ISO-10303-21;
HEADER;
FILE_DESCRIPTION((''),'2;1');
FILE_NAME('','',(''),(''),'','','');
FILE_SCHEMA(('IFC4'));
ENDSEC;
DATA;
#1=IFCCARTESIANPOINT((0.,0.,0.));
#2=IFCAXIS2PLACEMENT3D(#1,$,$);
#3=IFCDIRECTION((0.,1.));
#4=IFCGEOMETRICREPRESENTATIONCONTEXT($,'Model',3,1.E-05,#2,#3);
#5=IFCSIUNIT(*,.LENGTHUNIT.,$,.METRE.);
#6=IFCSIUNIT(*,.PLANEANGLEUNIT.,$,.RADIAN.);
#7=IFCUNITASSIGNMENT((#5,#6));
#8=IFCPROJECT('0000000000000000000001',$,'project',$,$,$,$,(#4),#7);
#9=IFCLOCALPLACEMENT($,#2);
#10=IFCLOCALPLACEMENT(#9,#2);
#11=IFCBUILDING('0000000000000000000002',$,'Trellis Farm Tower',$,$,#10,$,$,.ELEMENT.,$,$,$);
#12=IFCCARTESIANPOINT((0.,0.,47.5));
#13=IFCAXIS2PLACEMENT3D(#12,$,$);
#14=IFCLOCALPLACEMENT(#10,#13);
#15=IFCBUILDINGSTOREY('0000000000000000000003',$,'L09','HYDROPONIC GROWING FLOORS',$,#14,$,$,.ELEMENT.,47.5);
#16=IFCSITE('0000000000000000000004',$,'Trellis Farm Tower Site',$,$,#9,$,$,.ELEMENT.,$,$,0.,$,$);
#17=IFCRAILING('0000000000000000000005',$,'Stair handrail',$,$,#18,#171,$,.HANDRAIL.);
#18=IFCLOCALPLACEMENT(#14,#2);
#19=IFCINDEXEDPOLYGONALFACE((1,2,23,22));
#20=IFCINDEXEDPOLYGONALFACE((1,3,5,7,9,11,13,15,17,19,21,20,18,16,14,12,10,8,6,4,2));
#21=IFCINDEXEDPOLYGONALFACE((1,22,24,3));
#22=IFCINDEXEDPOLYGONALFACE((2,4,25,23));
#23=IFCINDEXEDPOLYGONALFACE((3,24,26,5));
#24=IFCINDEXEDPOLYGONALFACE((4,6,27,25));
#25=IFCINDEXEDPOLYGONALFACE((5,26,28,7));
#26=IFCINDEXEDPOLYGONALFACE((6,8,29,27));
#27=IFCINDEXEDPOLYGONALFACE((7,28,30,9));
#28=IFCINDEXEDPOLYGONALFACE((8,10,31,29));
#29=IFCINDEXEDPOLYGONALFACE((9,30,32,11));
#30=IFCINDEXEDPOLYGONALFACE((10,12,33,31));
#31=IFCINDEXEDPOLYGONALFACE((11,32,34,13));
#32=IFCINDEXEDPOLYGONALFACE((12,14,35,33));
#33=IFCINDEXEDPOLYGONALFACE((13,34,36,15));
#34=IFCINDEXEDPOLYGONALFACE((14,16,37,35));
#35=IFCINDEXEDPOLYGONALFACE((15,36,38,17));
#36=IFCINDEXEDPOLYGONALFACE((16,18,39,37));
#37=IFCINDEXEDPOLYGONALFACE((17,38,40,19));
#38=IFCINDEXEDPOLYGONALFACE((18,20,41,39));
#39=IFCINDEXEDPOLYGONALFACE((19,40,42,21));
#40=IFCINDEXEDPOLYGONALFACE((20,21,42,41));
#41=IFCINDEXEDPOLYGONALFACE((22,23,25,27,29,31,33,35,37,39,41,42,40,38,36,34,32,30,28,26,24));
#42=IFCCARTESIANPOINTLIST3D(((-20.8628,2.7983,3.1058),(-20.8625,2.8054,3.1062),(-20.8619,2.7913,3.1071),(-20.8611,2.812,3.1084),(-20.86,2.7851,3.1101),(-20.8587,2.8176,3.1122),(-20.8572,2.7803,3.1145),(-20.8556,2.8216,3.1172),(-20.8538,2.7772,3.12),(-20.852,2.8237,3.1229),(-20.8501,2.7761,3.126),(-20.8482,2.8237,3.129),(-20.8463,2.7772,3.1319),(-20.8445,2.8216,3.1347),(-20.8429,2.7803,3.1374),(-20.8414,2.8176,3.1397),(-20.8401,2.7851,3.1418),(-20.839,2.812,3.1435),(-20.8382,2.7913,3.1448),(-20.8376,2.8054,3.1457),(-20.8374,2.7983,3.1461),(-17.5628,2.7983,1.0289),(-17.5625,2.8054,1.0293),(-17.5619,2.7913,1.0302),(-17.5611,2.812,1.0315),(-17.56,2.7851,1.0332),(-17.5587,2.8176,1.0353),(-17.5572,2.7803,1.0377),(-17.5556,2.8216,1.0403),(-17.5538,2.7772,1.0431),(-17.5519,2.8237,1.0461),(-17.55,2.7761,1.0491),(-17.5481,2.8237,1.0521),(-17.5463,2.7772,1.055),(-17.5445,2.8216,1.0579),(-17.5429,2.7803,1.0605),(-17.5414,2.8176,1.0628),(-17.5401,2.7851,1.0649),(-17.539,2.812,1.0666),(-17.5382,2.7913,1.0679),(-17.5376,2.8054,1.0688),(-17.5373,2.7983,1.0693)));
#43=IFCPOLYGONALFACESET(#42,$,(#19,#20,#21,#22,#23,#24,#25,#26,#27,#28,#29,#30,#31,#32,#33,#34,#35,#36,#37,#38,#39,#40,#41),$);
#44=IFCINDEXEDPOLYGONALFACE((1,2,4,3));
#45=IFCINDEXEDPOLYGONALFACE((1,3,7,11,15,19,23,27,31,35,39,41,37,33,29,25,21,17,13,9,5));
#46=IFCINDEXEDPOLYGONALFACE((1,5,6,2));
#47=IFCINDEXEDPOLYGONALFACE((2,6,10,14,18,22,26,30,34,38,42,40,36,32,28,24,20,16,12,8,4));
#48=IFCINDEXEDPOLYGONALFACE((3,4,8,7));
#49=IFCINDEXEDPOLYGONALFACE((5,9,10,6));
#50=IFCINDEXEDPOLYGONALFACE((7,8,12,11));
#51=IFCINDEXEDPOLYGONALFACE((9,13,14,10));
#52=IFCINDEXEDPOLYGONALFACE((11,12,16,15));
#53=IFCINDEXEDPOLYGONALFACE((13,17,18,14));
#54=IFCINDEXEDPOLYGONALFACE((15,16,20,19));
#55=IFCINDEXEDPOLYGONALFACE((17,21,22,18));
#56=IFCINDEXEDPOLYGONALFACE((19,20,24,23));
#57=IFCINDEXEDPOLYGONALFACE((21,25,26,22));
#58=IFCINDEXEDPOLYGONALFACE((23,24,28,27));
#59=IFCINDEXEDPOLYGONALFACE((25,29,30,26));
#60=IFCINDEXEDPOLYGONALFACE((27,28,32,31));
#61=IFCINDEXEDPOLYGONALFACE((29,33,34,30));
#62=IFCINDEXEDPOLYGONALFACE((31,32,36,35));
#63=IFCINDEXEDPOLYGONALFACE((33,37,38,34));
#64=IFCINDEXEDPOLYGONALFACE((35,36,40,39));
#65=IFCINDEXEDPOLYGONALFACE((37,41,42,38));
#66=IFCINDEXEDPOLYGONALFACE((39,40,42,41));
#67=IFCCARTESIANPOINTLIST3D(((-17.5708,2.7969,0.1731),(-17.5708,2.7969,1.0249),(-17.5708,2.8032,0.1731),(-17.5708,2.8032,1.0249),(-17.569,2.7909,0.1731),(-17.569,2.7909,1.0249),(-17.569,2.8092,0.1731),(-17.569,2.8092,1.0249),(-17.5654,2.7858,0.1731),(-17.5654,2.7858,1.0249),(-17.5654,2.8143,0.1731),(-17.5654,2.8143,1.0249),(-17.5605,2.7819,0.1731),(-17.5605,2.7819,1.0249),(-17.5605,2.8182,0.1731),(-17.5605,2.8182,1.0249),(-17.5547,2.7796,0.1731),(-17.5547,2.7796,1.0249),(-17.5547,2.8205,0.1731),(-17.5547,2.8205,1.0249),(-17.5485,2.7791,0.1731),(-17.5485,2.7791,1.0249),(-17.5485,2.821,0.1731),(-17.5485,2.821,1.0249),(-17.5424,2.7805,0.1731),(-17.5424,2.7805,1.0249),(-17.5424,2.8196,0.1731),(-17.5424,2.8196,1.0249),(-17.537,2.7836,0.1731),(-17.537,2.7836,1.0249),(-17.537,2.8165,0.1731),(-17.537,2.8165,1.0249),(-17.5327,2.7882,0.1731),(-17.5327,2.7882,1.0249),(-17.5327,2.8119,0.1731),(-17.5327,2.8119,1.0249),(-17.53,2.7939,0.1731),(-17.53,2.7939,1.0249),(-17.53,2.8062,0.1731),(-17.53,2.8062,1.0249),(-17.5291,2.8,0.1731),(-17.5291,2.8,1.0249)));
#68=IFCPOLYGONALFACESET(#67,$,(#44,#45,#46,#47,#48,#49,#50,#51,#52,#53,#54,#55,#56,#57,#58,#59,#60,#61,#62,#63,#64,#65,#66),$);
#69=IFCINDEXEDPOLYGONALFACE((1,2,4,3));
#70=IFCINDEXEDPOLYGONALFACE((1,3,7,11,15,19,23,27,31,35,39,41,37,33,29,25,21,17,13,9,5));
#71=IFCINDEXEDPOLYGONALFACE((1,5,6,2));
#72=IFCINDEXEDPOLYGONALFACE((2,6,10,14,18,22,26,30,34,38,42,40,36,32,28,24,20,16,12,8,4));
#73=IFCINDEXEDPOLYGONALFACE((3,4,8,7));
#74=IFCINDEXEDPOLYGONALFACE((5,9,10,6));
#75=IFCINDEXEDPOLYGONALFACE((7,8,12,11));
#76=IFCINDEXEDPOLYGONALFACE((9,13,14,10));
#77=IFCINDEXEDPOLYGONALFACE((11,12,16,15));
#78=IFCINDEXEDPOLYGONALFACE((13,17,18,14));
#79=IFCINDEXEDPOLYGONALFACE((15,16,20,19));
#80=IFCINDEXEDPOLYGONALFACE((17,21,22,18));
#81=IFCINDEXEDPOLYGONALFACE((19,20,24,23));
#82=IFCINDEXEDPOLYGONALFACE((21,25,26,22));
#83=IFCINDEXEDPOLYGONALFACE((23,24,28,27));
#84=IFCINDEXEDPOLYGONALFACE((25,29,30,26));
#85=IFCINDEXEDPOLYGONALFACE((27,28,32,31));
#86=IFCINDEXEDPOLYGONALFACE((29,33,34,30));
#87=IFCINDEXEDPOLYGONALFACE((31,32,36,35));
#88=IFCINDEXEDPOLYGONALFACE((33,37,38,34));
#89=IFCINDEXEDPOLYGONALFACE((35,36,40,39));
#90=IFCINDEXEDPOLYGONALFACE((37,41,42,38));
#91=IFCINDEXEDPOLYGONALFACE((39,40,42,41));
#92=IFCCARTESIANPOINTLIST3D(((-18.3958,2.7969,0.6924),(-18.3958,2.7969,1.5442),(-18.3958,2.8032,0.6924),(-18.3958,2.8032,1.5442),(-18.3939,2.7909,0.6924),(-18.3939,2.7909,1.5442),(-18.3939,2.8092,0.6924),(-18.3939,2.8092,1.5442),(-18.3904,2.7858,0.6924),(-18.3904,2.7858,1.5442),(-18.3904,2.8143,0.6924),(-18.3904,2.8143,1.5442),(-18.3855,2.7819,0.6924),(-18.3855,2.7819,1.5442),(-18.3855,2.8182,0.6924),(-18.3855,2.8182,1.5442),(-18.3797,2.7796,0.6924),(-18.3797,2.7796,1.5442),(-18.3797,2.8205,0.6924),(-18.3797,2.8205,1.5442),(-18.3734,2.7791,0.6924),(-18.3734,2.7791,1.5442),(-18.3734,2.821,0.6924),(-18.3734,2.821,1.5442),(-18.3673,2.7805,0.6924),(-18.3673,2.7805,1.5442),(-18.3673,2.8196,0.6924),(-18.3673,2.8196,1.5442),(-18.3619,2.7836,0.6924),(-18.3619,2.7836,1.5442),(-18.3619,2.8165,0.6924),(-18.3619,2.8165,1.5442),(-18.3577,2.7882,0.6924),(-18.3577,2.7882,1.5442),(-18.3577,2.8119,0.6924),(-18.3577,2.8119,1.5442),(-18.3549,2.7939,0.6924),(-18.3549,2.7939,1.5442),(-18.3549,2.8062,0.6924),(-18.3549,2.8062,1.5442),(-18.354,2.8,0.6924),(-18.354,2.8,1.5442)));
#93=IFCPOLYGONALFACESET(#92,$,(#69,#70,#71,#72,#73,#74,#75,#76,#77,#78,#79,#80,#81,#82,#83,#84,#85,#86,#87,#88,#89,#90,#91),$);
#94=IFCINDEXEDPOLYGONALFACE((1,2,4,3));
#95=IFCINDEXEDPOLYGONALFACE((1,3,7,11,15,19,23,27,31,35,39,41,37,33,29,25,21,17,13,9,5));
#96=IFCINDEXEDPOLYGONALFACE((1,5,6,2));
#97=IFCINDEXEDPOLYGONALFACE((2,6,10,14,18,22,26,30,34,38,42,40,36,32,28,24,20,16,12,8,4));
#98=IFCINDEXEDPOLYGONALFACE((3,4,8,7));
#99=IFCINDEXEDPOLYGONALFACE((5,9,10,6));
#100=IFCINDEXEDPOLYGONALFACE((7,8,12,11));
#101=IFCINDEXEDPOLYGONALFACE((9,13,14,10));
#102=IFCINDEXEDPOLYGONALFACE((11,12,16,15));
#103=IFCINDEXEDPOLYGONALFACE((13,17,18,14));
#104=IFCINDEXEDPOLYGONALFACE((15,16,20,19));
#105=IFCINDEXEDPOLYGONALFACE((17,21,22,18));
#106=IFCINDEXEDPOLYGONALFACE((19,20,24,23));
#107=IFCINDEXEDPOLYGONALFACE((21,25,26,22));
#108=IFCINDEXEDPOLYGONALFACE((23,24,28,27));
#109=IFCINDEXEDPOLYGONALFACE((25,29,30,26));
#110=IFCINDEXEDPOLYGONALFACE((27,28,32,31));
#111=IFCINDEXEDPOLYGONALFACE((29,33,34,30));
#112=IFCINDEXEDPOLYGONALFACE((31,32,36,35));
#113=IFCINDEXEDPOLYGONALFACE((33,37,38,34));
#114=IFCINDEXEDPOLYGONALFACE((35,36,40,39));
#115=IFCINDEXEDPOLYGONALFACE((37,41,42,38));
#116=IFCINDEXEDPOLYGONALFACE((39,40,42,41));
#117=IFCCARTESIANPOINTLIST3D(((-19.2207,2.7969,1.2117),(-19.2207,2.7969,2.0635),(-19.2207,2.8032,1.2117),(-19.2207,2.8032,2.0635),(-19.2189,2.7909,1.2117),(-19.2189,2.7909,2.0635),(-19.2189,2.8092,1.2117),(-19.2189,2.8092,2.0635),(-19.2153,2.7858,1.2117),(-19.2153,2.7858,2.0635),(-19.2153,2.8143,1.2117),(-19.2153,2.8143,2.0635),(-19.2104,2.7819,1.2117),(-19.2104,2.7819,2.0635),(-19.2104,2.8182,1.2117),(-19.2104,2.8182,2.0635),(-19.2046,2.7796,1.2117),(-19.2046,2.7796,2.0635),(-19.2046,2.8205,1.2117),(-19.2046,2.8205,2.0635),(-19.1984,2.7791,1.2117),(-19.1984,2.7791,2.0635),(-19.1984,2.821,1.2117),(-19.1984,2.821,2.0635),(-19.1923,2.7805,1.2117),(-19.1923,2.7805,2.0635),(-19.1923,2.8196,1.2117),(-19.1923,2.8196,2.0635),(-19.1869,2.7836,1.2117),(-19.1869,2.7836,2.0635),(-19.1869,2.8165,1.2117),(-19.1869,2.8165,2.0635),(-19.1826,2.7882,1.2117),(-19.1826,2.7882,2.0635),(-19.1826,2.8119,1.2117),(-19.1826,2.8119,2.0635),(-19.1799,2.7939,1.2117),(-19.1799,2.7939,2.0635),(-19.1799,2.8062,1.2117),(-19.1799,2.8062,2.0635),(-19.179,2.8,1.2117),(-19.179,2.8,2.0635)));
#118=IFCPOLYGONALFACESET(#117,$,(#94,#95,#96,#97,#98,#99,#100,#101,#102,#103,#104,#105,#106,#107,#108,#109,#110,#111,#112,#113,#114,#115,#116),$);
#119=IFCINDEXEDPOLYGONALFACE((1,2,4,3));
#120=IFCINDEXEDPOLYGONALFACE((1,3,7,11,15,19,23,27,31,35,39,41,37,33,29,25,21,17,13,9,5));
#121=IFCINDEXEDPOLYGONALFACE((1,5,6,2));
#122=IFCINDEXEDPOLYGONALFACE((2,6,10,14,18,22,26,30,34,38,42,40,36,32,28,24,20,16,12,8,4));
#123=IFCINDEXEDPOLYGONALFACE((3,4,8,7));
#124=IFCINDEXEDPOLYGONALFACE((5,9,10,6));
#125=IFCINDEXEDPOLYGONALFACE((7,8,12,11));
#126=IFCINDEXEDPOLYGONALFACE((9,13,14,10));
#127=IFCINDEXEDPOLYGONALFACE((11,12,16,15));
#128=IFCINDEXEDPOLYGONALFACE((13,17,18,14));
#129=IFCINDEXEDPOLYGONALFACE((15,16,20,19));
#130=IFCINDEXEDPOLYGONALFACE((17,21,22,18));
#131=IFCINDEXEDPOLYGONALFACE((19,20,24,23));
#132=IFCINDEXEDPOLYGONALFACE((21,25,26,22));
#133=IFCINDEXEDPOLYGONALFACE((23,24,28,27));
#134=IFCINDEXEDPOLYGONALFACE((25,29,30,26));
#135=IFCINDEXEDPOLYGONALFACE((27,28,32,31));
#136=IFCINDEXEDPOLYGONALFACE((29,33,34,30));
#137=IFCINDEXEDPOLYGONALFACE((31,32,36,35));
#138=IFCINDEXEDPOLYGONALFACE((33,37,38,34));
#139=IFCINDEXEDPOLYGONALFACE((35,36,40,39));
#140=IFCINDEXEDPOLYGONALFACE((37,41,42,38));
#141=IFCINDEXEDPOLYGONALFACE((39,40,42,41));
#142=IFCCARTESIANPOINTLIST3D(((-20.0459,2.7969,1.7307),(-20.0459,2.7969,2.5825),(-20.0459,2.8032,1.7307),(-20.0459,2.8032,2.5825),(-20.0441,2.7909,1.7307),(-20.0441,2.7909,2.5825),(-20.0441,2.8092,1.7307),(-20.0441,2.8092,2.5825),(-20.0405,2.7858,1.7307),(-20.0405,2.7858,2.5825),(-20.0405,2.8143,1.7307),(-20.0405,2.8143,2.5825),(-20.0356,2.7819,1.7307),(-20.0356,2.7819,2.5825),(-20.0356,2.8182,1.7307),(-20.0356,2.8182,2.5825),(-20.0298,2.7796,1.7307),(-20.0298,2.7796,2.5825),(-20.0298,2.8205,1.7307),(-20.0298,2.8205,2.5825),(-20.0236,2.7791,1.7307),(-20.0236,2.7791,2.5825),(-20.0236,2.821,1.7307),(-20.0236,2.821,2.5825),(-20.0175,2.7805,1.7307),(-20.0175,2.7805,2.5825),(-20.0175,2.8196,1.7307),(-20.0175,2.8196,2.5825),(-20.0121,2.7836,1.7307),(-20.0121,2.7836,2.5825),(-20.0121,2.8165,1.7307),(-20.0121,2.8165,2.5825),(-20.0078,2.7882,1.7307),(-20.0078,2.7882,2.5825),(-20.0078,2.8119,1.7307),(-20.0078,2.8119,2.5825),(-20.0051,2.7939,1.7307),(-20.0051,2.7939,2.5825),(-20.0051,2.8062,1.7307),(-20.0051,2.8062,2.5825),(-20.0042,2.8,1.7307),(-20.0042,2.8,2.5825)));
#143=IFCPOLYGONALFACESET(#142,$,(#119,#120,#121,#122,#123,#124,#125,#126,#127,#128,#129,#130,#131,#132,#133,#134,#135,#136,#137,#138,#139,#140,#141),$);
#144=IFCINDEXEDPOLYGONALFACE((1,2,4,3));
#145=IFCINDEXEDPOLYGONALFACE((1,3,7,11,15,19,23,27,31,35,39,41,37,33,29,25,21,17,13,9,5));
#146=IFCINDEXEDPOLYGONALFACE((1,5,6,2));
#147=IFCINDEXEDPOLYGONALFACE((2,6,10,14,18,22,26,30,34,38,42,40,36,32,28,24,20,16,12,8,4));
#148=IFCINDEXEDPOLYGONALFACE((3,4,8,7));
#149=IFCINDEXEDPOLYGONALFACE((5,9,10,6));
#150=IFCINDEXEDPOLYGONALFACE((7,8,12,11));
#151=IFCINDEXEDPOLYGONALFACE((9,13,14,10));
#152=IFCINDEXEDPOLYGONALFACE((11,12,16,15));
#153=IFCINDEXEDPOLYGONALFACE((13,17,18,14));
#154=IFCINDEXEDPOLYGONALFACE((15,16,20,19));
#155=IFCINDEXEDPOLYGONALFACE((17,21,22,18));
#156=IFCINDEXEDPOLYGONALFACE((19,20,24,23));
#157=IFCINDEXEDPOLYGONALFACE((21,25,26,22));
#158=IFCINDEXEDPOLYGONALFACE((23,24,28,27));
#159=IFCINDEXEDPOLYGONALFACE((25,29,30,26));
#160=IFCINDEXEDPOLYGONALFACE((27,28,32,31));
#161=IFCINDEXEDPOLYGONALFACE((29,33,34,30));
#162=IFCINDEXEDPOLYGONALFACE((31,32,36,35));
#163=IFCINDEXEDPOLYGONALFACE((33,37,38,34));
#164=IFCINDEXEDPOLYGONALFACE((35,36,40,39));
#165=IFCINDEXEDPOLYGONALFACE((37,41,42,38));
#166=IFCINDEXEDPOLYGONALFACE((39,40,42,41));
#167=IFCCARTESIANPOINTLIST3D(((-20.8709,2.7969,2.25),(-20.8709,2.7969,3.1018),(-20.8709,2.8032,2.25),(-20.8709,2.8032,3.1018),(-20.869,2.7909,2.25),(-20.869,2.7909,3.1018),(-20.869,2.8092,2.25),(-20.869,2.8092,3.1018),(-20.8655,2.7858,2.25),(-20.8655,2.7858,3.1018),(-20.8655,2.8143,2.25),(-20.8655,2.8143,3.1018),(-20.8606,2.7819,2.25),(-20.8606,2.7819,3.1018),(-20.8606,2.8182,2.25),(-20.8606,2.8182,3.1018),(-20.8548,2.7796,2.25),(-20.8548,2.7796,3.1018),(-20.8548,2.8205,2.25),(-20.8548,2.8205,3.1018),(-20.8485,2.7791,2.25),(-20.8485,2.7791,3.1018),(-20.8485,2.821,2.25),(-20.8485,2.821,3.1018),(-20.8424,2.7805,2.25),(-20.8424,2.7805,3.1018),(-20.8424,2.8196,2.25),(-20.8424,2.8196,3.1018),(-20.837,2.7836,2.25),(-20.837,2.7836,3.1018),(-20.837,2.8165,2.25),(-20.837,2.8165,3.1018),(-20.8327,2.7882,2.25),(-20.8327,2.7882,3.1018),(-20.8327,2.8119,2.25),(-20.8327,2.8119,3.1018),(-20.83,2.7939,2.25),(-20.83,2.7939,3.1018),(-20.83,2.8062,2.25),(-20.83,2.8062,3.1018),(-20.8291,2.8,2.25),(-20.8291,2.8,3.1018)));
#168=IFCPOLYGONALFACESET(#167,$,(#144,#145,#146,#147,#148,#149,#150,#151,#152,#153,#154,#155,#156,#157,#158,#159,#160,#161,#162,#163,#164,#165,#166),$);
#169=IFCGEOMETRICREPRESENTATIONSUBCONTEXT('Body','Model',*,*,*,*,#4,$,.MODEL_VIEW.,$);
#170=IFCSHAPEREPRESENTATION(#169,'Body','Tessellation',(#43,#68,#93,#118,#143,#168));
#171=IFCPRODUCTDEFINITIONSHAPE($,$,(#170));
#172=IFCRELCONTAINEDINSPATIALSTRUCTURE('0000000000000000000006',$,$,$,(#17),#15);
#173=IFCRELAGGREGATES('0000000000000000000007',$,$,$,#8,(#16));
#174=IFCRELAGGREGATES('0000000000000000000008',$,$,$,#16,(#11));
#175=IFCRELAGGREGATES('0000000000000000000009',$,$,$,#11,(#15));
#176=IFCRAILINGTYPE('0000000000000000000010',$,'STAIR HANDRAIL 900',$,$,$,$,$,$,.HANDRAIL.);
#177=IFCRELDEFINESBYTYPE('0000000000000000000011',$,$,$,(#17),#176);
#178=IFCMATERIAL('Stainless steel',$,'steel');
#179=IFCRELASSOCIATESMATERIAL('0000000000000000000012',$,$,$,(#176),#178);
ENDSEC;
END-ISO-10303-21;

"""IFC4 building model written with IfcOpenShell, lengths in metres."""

from ifc_helpers import new_model, si_unit, direction, frame, origin, origin_2d, place, context, subcontext, project, spatial, circle, extrude, source, transform, mapped, material, type_object, element, save


model = new_model("IFC4")

# Units and contexts
model_context = context("Model", 3, precision=1e-05, world=origin(), true_north=direction((0.0, 1.0)))
body_context = subcontext(model_context, "Body", "Model", "MODEL_VIEW")
ifc_project = project(units=[si_unit("LENGTHUNIT", "METRE"), si_unit("PLANEANGLEUNIT", "RADIAN")], contexts=[model_context])

# Site, building, storey
site_placement = place(None, origin())
site = spatial("IfcSite", under=ifc_project, at=site_placement, Name="Trellis Farm Tower Site", CompositionType="ELEMENT", RefElevation=0.0)
building_placement = place(site_placement, origin())
building = spatial("IfcBuilding", under=site, at=building_placement, Name="Trellis Farm Tower", CompositionType="ELEMENT")
storey_placement = place(building_placement, frame((0.0, 0.0, 47.5)))
storey = spatial("IfcBuildingStorey", under=building, at=storey_placement, Name="L09", Description="HYDROPONIC GROWING FLOORS", CompositionType="ELEMENT", Elevation=47.5)

# Shared definitions
ifc_material_1 = material(Name="Stainless steel", Category="steel")

# Railing
railing_type = type_object("IfcRailingType", Name="STAIR HANDRAIL 900", PredefinedType="HANDRAIL", material=ifc_material_1)
shared_shape_1 = source(origin(), body_context, "Body", "SweptSolid", [
    extrude(circle(Radius=0.0239, at=origin_2d()), frame((0.0, 0.0, 0.876), z_axis=(-0.846337, 0.0, 0.532647), x_axis=(0.0, -1.0, 0.0)), (0.0, 0.0, 1.0), 3.8992),
    extrude(circle(Radius=0.021, at=origin_2d()), origin(), (0.0, 0.0, 1.0), 0.8518),
    extrude(circle(Radius=0.021, at=origin_2d()), frame((-0.825, 0.0, 0.5193)), (0.0, 0.0, 1.0), 0.8518),
    extrude(circle(Radius=0.021, at=origin_2d()), frame((-1.6499, 0.0, 1.0386)), (0.0, 0.0, 1.0), 0.8518),
    extrude(circle(Radius=0.021, at=origin_2d()), frame((-2.4751, 0.0, 1.5576)), (0.0, 0.0, 1.0), 0.8518),
    extrude(circle(Radius=0.021, at=origin_2d()), frame((-3.3, 0.0, 2.0769)), (0.0, 0.0, 1.0), 0.8518),
])
for number, where, name in (
    (1, (-17.55, 2.8, 0.1731), "Stair handrail"),
):
    element("IfcRailing", number, at=place(storey_placement, frame(where)), inside=storey, type_object=railing_type, Name=name, PredefinedType="HANDRAIL", context=body_context, shape_type="MappedRepresentation", body=[
        mapped(shared_shape_1, transform((0.0, 0.0, 0.0))),
    ])

save(model, "model.ifc")
